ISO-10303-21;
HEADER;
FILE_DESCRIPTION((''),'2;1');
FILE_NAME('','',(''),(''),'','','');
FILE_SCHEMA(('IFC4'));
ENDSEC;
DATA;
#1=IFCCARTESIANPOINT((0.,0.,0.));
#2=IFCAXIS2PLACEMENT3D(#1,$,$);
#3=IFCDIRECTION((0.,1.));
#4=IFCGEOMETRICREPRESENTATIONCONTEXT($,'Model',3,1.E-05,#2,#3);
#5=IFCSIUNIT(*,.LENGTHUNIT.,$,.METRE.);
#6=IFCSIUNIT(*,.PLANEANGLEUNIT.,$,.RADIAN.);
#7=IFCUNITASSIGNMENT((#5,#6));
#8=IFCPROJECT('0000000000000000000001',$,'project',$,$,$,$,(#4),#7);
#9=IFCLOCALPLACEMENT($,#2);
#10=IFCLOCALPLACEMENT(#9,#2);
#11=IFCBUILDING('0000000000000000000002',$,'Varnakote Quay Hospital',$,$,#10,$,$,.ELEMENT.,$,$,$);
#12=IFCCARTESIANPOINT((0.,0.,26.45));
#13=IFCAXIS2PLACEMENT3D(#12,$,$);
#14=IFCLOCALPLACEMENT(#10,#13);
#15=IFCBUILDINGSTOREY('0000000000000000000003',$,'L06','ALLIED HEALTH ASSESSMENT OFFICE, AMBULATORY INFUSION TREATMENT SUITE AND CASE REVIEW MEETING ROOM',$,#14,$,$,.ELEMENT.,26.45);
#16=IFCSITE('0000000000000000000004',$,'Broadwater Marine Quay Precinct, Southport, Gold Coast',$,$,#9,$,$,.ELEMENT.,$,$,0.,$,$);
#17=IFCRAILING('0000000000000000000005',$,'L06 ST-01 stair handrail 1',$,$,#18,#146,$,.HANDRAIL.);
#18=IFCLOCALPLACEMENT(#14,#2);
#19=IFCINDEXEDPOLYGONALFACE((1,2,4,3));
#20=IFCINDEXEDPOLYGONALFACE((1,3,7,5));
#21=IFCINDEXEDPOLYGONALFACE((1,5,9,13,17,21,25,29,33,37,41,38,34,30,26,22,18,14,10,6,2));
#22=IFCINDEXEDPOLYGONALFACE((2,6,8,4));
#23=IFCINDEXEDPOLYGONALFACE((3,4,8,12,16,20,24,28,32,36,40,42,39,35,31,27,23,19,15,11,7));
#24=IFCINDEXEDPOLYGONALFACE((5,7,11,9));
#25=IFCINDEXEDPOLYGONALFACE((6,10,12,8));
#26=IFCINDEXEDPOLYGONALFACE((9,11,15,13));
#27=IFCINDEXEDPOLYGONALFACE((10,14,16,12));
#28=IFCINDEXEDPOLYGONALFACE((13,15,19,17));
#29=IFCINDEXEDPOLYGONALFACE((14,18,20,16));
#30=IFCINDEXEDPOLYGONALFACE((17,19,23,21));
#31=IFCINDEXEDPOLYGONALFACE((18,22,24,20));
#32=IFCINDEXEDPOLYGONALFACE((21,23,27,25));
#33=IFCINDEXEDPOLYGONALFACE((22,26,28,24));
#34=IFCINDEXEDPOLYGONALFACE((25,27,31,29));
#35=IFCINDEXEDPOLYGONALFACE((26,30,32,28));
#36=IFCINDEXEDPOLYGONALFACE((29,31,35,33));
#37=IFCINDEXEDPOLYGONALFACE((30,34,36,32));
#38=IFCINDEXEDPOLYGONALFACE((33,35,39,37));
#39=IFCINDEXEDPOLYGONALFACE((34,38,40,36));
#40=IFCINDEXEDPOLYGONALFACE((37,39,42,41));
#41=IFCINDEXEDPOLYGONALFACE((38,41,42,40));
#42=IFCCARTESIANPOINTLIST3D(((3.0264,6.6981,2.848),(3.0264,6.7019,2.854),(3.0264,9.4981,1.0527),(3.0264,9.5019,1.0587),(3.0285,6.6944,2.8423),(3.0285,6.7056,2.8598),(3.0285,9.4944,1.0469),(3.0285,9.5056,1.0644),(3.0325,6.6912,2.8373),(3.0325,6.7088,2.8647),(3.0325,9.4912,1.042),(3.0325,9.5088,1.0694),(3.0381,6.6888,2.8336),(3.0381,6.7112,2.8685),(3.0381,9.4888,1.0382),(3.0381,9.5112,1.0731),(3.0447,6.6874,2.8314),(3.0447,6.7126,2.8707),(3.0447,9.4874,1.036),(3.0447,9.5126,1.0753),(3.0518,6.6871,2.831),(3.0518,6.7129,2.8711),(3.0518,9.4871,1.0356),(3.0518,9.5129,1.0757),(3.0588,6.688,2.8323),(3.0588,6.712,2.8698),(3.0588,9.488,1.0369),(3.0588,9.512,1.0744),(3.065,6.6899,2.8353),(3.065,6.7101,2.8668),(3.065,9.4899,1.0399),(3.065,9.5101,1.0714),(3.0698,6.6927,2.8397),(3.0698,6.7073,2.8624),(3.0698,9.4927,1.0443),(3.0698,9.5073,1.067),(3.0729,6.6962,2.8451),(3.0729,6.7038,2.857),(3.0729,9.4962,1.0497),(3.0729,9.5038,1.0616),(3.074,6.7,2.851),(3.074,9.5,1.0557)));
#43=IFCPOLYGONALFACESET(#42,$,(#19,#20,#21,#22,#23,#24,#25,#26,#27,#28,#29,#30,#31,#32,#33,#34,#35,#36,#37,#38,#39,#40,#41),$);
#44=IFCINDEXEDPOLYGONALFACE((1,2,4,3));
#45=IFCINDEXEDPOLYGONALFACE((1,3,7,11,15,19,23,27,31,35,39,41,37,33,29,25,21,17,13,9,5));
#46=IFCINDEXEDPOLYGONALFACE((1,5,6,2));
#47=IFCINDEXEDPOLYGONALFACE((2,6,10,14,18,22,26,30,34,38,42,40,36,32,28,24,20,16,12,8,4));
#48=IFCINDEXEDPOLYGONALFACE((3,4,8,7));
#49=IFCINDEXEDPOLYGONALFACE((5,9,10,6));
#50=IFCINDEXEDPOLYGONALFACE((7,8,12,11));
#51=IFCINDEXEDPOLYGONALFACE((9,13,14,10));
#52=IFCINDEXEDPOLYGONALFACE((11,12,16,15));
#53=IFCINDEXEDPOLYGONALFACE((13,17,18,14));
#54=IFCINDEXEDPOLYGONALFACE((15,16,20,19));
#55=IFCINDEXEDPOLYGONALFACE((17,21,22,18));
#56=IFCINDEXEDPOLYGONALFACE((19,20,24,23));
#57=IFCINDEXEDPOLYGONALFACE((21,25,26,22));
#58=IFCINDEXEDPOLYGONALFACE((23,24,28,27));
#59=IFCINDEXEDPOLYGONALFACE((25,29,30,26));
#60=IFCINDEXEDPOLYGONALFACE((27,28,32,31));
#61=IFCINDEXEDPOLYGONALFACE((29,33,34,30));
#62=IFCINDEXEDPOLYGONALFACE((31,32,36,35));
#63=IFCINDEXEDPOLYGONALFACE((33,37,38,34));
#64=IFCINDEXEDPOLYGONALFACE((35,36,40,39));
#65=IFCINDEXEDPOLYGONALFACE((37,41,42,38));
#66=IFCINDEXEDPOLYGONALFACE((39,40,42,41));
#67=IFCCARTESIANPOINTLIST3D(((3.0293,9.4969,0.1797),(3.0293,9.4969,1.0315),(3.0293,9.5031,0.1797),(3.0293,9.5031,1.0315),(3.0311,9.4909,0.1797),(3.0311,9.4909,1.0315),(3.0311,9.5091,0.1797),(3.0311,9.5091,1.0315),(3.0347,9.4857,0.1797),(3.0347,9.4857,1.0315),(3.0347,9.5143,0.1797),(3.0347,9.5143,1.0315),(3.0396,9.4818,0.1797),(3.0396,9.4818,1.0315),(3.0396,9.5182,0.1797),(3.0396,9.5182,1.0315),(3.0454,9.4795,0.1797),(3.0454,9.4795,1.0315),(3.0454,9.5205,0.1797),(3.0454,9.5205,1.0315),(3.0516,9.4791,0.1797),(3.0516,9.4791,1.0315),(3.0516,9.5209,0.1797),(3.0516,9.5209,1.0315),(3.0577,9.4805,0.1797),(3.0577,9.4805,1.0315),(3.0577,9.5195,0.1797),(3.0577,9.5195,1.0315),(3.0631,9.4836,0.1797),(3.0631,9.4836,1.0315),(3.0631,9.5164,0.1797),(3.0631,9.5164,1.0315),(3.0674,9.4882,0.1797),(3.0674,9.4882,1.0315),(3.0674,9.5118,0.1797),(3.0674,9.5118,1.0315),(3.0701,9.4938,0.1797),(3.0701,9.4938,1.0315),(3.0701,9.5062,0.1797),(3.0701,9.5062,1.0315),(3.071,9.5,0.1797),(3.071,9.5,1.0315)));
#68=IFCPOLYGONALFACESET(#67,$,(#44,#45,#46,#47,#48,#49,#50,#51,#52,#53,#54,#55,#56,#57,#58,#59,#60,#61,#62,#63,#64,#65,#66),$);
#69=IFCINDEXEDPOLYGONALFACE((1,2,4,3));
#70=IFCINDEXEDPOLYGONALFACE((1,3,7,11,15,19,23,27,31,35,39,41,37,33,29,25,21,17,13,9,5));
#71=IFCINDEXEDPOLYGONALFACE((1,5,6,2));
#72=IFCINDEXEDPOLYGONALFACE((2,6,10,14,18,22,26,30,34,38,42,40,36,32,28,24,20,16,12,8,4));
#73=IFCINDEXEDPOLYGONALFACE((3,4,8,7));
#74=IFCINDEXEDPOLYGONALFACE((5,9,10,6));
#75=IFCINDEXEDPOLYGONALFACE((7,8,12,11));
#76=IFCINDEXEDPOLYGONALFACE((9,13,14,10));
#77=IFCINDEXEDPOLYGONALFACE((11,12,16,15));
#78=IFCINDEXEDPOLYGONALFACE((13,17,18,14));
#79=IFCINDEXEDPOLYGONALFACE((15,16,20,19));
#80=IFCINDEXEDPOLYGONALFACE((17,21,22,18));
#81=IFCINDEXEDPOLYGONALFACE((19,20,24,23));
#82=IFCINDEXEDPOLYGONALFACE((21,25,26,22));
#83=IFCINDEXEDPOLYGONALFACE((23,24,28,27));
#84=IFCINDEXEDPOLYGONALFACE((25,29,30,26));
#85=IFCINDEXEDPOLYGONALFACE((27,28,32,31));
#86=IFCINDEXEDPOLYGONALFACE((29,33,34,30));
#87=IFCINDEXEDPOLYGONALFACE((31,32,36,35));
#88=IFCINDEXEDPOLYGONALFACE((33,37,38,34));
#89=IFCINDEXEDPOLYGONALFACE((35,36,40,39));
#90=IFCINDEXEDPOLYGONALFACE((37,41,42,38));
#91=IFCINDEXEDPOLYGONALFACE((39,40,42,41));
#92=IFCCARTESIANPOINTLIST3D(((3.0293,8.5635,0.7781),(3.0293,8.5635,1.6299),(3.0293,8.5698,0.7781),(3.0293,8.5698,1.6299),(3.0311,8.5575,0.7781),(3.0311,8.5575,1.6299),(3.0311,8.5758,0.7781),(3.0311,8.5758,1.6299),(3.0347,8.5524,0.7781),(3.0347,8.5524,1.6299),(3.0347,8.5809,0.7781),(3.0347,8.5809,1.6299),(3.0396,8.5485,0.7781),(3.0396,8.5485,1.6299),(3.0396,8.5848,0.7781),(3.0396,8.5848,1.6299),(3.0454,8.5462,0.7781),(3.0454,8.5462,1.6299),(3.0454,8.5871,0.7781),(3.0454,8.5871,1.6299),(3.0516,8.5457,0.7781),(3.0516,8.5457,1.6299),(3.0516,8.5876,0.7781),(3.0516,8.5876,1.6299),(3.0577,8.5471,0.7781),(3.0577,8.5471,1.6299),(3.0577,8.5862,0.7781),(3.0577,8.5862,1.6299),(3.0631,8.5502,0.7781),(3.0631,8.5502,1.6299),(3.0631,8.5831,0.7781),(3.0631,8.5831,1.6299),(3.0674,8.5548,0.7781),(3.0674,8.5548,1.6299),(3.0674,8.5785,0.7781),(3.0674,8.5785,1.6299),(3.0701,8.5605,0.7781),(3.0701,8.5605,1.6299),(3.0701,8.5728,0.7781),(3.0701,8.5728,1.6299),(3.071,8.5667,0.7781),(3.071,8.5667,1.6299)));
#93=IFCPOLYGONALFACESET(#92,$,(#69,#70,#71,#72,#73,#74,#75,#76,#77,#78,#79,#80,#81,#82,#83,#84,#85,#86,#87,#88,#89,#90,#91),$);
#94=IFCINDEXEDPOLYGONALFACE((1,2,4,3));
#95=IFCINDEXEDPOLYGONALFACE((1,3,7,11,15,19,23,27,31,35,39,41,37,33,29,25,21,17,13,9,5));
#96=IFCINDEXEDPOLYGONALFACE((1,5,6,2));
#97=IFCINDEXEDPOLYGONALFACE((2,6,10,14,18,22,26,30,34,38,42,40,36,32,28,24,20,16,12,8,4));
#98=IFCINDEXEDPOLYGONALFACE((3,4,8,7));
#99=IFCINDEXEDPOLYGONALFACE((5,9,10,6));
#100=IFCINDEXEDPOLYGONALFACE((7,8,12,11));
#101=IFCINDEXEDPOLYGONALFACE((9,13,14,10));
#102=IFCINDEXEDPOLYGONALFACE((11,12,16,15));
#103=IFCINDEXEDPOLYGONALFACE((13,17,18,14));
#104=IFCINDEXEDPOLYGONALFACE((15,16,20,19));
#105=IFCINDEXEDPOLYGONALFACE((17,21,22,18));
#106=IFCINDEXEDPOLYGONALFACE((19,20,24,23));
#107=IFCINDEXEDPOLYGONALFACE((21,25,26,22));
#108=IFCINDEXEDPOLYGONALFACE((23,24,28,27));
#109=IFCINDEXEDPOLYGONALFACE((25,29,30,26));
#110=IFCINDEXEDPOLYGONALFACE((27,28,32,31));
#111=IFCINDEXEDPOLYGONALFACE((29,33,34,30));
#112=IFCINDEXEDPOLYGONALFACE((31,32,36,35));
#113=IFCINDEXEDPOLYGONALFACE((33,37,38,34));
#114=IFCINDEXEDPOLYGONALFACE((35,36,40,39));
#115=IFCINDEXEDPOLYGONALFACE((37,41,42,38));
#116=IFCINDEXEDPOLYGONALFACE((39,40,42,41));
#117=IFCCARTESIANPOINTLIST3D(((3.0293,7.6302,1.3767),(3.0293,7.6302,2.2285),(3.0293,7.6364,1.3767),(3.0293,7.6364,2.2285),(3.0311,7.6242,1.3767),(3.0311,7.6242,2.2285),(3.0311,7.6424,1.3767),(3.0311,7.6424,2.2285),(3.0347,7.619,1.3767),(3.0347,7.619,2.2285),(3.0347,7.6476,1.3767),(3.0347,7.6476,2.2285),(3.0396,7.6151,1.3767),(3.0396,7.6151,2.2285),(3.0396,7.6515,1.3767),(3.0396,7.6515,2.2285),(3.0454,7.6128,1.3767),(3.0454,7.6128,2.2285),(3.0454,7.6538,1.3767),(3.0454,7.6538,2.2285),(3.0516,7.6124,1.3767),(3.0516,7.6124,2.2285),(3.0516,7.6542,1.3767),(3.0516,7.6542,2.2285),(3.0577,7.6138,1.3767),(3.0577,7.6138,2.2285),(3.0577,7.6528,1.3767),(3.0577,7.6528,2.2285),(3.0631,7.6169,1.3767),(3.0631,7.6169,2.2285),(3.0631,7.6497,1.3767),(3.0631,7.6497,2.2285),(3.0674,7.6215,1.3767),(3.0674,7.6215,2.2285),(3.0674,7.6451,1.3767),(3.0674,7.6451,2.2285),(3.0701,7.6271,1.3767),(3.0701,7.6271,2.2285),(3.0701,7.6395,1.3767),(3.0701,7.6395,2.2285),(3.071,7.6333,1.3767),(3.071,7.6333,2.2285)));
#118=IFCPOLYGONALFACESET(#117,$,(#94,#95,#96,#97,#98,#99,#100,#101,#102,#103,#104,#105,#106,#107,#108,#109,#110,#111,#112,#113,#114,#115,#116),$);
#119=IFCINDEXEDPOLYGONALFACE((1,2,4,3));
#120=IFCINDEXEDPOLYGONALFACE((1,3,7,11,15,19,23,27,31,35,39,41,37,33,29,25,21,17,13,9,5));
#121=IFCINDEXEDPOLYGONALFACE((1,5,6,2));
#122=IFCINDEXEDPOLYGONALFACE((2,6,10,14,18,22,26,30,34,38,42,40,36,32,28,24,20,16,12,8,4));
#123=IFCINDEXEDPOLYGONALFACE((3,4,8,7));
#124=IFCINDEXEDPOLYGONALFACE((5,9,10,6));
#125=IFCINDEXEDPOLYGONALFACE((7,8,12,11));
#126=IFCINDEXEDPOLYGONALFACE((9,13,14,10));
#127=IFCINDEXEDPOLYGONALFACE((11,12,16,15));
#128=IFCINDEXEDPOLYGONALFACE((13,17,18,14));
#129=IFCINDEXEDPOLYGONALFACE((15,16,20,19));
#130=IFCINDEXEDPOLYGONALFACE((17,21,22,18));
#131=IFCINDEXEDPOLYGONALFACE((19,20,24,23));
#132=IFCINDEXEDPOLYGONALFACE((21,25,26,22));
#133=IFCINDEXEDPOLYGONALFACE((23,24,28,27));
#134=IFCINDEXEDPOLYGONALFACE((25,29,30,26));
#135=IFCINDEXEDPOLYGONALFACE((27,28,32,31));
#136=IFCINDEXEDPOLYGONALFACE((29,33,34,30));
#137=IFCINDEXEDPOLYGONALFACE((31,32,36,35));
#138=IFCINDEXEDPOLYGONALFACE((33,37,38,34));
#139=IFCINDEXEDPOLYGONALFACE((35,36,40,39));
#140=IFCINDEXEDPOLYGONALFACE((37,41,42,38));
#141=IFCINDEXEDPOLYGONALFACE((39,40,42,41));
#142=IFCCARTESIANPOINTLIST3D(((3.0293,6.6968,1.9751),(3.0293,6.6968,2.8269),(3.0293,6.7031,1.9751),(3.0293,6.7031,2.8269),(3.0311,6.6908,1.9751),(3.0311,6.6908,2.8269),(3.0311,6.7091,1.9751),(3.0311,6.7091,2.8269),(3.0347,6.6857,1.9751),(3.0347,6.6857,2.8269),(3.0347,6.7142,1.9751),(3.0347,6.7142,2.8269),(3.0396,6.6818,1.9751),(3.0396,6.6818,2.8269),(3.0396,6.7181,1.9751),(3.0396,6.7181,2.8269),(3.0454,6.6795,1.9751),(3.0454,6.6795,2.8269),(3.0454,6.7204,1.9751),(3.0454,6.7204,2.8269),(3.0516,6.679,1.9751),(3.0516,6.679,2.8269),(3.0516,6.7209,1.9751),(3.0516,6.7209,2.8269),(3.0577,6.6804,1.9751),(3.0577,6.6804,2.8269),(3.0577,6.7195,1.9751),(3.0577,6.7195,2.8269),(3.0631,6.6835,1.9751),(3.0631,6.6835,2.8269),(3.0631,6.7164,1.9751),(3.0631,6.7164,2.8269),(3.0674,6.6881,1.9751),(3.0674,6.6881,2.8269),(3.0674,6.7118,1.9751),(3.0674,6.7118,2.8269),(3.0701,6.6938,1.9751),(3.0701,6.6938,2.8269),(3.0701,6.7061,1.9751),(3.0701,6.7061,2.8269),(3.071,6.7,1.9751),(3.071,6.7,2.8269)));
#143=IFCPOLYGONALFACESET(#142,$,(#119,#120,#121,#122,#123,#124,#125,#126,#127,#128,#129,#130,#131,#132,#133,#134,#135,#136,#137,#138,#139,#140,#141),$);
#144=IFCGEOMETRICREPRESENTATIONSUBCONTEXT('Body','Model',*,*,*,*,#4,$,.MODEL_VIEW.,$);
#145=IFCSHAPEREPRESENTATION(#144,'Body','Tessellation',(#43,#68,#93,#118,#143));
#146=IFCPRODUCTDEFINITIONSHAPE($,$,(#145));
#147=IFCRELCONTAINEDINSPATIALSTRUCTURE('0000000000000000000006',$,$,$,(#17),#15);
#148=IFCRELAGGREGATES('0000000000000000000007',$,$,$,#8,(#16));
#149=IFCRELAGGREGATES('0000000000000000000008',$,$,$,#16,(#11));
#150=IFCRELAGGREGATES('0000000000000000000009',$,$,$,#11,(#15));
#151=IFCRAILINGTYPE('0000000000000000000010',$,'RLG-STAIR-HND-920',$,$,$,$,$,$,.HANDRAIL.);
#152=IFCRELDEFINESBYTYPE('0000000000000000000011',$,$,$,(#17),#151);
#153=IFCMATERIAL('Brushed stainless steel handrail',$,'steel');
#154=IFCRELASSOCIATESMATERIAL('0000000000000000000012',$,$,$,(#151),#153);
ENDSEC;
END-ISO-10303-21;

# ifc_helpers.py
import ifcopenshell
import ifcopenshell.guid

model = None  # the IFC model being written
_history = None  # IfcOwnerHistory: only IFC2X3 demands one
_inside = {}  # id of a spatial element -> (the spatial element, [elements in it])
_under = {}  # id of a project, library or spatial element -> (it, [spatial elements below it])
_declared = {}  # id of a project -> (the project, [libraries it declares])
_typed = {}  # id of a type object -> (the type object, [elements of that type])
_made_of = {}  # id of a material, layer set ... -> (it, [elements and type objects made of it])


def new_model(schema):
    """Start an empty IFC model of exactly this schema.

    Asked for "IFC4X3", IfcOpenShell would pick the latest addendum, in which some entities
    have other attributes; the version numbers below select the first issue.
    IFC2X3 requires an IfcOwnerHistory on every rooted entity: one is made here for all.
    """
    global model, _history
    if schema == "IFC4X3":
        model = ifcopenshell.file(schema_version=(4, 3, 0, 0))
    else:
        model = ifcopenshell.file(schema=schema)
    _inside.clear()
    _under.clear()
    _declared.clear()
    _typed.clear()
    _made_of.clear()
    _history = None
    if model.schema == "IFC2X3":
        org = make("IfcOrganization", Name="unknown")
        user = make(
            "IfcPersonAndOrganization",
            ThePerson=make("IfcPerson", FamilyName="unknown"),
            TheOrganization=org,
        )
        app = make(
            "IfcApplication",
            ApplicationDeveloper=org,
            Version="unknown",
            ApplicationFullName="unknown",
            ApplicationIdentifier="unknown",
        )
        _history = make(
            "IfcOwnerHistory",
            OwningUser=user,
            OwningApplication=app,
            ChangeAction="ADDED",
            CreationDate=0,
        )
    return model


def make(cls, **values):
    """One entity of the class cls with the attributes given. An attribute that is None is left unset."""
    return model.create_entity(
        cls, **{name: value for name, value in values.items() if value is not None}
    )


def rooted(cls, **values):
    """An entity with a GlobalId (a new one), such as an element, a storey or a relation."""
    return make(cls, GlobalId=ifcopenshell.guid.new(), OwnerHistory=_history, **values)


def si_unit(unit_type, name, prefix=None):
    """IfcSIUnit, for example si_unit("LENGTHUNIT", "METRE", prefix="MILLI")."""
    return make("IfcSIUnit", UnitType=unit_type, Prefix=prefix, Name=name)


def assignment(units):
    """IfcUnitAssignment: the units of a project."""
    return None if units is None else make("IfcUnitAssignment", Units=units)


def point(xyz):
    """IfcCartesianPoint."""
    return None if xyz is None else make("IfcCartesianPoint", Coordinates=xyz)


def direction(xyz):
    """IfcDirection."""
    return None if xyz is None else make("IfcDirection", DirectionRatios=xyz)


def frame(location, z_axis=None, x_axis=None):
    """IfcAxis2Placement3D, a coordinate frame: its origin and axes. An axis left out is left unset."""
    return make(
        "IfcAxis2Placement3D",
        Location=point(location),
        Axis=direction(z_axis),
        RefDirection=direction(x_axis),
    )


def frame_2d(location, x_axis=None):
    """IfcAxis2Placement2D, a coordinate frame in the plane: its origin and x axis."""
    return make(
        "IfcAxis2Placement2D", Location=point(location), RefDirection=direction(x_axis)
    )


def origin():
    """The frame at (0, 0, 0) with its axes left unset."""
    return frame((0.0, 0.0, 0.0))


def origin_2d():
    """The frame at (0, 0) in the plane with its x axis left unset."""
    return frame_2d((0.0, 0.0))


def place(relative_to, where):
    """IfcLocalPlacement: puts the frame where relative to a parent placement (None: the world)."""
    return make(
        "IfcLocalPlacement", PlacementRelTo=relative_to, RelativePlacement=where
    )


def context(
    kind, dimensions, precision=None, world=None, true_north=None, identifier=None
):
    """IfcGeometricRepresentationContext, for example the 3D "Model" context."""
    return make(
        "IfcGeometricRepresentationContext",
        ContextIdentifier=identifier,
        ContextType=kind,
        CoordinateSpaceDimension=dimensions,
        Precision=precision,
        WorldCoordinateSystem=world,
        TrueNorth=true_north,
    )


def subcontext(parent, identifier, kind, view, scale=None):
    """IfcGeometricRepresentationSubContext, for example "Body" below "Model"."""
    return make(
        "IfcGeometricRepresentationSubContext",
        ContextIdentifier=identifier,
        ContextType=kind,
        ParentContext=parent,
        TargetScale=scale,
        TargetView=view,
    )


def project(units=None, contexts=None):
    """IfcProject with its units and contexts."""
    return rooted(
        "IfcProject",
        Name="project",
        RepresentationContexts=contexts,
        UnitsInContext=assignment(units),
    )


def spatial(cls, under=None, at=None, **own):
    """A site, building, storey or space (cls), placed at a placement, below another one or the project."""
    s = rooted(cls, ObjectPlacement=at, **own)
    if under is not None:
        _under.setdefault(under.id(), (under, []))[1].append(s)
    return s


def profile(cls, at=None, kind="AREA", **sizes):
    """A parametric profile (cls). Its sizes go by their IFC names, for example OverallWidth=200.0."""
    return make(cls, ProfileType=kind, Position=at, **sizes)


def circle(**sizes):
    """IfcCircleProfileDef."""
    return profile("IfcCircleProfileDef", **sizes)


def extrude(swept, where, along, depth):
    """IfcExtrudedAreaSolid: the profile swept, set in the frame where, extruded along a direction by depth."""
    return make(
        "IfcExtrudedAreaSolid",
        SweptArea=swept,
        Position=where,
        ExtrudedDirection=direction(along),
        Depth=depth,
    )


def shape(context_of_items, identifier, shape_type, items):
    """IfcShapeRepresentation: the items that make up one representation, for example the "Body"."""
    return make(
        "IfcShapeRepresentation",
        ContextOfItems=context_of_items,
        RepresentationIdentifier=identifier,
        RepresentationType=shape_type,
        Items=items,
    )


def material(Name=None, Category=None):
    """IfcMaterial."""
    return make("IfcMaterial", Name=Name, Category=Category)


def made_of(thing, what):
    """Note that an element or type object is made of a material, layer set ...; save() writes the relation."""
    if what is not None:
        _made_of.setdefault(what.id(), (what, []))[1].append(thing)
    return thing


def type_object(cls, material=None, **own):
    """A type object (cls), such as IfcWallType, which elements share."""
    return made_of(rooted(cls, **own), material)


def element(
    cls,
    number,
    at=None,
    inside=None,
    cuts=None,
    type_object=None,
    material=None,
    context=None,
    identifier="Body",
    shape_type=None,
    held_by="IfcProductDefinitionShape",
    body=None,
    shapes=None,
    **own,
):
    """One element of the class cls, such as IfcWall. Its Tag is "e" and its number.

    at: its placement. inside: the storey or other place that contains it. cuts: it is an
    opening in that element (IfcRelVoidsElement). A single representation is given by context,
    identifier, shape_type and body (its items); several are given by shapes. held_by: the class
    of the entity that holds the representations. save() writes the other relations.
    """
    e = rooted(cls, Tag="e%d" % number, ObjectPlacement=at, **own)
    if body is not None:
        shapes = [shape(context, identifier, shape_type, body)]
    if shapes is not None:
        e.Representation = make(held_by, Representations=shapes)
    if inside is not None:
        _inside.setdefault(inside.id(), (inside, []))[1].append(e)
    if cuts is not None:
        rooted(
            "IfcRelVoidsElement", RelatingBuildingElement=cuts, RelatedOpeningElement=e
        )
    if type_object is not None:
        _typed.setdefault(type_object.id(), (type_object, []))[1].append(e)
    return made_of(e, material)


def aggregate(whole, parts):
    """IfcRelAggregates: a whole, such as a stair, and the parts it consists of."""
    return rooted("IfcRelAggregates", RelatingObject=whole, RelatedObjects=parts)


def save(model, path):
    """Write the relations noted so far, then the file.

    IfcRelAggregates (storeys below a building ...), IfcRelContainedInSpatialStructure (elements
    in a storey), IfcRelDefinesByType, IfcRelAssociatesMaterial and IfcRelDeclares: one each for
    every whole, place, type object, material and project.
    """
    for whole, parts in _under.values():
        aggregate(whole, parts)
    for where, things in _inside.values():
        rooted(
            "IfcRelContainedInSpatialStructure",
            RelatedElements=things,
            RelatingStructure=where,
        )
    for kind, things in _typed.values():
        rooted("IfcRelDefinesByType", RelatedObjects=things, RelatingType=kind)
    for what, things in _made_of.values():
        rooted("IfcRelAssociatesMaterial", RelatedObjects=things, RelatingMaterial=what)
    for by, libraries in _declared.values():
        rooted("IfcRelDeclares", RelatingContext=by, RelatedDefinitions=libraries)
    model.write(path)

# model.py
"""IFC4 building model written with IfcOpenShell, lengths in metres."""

from ifc_helpers import new_model, si_unit, direction, frame, origin, origin_2d, place, context, subcontext, project, spatial, circle, extrude, material, type_object, element, save


model = new_model("IFC4")

# Units and contexts
model_context = context("Model", 3, precision=1e-05, world=origin(), true_north=direction((0.0, 1.0)))
body_context = subcontext(model_context, "Body", "Model", "MODEL_VIEW")
ifc_project = project(units=[si_unit("LENGTHUNIT", "METRE"), si_unit("PLANEANGLEUNIT", "RADIAN")], contexts=[model_context])

# Site, building, storey
site_placement = place(None, origin())
site = spatial("IfcSite", under=ifc_project, at=site_placement, Name="Broadwater Marine Quay Precinct, Southport, Gold Coast", CompositionType="ELEMENT", RefElevation=0.0)
building_placement = place(site_placement, origin())
building = spatial("IfcBuilding", under=site, at=building_placement, Name="Varnakote Quay Hospital", CompositionType="ELEMENT")
storey_placement = place(building_placement, frame((0.0, 0.0, 26.45)))
storey = spatial("IfcBuildingStorey", under=building, at=storey_placement, Name="L06", Description="ALLIED HEALTH ASSESSMENT OFFICE, AMBULATORY INFUSION TREATMENT SUITE AND CASE REVIEW MEETING ROOM", CompositionType="ELEMENT", Elevation=26.45)

# Railing
ifc_material_1 = material(Name="Brushed stainless steel handrail", Category="steel")
railing_type = type_object("IfcRailingType", Name="RLG-STAIR-HND-920", PredefinedType="HANDRAIL", material=ifc_material_1)
railing_placement = place(storey_placement, frame((3.05, 9.5, 0.1797)))
element("IfcRailing", 1, at=railing_placement, inside=storey, type_object=railing_type, Name="L06 ST-01 stair handrail 1", PredefinedType="HANDRAIL", context=body_context, shape_type="SweptSolid", body=[
    extrude(circle(Radius=0.0239, at=origin_2d()), frame((0.0, 0.0, 0.876), z_axis=(0.0, -0.84181, 0.539774), x_axis=(1.0, 0.0, 0.0)), (0.0, 0.0, 1.0), 3.3262),
    extrude(circle(Radius=0.021, at=origin_2d()), origin(), (0.0, 0.0, 1.0), 0.8518),
    extrude(circle(Radius=0.021, at=origin_2d()), frame((0.0, -0.9333, 0.5984)), (0.0, 0.0, 1.0), 0.8518),
    extrude(circle(Radius=0.021, at=origin_2d()), frame((0.0, -1.8667, 1.197)), (0.0, 0.0, 1.0), 0.8518),
    extrude(circle(Radius=0.021, at=origin_2d()), frame((0.0, -2.8, 1.7954)), (0.0, 0.0, 1.0), 0.8518),
])

save(model, "model.ifc")
